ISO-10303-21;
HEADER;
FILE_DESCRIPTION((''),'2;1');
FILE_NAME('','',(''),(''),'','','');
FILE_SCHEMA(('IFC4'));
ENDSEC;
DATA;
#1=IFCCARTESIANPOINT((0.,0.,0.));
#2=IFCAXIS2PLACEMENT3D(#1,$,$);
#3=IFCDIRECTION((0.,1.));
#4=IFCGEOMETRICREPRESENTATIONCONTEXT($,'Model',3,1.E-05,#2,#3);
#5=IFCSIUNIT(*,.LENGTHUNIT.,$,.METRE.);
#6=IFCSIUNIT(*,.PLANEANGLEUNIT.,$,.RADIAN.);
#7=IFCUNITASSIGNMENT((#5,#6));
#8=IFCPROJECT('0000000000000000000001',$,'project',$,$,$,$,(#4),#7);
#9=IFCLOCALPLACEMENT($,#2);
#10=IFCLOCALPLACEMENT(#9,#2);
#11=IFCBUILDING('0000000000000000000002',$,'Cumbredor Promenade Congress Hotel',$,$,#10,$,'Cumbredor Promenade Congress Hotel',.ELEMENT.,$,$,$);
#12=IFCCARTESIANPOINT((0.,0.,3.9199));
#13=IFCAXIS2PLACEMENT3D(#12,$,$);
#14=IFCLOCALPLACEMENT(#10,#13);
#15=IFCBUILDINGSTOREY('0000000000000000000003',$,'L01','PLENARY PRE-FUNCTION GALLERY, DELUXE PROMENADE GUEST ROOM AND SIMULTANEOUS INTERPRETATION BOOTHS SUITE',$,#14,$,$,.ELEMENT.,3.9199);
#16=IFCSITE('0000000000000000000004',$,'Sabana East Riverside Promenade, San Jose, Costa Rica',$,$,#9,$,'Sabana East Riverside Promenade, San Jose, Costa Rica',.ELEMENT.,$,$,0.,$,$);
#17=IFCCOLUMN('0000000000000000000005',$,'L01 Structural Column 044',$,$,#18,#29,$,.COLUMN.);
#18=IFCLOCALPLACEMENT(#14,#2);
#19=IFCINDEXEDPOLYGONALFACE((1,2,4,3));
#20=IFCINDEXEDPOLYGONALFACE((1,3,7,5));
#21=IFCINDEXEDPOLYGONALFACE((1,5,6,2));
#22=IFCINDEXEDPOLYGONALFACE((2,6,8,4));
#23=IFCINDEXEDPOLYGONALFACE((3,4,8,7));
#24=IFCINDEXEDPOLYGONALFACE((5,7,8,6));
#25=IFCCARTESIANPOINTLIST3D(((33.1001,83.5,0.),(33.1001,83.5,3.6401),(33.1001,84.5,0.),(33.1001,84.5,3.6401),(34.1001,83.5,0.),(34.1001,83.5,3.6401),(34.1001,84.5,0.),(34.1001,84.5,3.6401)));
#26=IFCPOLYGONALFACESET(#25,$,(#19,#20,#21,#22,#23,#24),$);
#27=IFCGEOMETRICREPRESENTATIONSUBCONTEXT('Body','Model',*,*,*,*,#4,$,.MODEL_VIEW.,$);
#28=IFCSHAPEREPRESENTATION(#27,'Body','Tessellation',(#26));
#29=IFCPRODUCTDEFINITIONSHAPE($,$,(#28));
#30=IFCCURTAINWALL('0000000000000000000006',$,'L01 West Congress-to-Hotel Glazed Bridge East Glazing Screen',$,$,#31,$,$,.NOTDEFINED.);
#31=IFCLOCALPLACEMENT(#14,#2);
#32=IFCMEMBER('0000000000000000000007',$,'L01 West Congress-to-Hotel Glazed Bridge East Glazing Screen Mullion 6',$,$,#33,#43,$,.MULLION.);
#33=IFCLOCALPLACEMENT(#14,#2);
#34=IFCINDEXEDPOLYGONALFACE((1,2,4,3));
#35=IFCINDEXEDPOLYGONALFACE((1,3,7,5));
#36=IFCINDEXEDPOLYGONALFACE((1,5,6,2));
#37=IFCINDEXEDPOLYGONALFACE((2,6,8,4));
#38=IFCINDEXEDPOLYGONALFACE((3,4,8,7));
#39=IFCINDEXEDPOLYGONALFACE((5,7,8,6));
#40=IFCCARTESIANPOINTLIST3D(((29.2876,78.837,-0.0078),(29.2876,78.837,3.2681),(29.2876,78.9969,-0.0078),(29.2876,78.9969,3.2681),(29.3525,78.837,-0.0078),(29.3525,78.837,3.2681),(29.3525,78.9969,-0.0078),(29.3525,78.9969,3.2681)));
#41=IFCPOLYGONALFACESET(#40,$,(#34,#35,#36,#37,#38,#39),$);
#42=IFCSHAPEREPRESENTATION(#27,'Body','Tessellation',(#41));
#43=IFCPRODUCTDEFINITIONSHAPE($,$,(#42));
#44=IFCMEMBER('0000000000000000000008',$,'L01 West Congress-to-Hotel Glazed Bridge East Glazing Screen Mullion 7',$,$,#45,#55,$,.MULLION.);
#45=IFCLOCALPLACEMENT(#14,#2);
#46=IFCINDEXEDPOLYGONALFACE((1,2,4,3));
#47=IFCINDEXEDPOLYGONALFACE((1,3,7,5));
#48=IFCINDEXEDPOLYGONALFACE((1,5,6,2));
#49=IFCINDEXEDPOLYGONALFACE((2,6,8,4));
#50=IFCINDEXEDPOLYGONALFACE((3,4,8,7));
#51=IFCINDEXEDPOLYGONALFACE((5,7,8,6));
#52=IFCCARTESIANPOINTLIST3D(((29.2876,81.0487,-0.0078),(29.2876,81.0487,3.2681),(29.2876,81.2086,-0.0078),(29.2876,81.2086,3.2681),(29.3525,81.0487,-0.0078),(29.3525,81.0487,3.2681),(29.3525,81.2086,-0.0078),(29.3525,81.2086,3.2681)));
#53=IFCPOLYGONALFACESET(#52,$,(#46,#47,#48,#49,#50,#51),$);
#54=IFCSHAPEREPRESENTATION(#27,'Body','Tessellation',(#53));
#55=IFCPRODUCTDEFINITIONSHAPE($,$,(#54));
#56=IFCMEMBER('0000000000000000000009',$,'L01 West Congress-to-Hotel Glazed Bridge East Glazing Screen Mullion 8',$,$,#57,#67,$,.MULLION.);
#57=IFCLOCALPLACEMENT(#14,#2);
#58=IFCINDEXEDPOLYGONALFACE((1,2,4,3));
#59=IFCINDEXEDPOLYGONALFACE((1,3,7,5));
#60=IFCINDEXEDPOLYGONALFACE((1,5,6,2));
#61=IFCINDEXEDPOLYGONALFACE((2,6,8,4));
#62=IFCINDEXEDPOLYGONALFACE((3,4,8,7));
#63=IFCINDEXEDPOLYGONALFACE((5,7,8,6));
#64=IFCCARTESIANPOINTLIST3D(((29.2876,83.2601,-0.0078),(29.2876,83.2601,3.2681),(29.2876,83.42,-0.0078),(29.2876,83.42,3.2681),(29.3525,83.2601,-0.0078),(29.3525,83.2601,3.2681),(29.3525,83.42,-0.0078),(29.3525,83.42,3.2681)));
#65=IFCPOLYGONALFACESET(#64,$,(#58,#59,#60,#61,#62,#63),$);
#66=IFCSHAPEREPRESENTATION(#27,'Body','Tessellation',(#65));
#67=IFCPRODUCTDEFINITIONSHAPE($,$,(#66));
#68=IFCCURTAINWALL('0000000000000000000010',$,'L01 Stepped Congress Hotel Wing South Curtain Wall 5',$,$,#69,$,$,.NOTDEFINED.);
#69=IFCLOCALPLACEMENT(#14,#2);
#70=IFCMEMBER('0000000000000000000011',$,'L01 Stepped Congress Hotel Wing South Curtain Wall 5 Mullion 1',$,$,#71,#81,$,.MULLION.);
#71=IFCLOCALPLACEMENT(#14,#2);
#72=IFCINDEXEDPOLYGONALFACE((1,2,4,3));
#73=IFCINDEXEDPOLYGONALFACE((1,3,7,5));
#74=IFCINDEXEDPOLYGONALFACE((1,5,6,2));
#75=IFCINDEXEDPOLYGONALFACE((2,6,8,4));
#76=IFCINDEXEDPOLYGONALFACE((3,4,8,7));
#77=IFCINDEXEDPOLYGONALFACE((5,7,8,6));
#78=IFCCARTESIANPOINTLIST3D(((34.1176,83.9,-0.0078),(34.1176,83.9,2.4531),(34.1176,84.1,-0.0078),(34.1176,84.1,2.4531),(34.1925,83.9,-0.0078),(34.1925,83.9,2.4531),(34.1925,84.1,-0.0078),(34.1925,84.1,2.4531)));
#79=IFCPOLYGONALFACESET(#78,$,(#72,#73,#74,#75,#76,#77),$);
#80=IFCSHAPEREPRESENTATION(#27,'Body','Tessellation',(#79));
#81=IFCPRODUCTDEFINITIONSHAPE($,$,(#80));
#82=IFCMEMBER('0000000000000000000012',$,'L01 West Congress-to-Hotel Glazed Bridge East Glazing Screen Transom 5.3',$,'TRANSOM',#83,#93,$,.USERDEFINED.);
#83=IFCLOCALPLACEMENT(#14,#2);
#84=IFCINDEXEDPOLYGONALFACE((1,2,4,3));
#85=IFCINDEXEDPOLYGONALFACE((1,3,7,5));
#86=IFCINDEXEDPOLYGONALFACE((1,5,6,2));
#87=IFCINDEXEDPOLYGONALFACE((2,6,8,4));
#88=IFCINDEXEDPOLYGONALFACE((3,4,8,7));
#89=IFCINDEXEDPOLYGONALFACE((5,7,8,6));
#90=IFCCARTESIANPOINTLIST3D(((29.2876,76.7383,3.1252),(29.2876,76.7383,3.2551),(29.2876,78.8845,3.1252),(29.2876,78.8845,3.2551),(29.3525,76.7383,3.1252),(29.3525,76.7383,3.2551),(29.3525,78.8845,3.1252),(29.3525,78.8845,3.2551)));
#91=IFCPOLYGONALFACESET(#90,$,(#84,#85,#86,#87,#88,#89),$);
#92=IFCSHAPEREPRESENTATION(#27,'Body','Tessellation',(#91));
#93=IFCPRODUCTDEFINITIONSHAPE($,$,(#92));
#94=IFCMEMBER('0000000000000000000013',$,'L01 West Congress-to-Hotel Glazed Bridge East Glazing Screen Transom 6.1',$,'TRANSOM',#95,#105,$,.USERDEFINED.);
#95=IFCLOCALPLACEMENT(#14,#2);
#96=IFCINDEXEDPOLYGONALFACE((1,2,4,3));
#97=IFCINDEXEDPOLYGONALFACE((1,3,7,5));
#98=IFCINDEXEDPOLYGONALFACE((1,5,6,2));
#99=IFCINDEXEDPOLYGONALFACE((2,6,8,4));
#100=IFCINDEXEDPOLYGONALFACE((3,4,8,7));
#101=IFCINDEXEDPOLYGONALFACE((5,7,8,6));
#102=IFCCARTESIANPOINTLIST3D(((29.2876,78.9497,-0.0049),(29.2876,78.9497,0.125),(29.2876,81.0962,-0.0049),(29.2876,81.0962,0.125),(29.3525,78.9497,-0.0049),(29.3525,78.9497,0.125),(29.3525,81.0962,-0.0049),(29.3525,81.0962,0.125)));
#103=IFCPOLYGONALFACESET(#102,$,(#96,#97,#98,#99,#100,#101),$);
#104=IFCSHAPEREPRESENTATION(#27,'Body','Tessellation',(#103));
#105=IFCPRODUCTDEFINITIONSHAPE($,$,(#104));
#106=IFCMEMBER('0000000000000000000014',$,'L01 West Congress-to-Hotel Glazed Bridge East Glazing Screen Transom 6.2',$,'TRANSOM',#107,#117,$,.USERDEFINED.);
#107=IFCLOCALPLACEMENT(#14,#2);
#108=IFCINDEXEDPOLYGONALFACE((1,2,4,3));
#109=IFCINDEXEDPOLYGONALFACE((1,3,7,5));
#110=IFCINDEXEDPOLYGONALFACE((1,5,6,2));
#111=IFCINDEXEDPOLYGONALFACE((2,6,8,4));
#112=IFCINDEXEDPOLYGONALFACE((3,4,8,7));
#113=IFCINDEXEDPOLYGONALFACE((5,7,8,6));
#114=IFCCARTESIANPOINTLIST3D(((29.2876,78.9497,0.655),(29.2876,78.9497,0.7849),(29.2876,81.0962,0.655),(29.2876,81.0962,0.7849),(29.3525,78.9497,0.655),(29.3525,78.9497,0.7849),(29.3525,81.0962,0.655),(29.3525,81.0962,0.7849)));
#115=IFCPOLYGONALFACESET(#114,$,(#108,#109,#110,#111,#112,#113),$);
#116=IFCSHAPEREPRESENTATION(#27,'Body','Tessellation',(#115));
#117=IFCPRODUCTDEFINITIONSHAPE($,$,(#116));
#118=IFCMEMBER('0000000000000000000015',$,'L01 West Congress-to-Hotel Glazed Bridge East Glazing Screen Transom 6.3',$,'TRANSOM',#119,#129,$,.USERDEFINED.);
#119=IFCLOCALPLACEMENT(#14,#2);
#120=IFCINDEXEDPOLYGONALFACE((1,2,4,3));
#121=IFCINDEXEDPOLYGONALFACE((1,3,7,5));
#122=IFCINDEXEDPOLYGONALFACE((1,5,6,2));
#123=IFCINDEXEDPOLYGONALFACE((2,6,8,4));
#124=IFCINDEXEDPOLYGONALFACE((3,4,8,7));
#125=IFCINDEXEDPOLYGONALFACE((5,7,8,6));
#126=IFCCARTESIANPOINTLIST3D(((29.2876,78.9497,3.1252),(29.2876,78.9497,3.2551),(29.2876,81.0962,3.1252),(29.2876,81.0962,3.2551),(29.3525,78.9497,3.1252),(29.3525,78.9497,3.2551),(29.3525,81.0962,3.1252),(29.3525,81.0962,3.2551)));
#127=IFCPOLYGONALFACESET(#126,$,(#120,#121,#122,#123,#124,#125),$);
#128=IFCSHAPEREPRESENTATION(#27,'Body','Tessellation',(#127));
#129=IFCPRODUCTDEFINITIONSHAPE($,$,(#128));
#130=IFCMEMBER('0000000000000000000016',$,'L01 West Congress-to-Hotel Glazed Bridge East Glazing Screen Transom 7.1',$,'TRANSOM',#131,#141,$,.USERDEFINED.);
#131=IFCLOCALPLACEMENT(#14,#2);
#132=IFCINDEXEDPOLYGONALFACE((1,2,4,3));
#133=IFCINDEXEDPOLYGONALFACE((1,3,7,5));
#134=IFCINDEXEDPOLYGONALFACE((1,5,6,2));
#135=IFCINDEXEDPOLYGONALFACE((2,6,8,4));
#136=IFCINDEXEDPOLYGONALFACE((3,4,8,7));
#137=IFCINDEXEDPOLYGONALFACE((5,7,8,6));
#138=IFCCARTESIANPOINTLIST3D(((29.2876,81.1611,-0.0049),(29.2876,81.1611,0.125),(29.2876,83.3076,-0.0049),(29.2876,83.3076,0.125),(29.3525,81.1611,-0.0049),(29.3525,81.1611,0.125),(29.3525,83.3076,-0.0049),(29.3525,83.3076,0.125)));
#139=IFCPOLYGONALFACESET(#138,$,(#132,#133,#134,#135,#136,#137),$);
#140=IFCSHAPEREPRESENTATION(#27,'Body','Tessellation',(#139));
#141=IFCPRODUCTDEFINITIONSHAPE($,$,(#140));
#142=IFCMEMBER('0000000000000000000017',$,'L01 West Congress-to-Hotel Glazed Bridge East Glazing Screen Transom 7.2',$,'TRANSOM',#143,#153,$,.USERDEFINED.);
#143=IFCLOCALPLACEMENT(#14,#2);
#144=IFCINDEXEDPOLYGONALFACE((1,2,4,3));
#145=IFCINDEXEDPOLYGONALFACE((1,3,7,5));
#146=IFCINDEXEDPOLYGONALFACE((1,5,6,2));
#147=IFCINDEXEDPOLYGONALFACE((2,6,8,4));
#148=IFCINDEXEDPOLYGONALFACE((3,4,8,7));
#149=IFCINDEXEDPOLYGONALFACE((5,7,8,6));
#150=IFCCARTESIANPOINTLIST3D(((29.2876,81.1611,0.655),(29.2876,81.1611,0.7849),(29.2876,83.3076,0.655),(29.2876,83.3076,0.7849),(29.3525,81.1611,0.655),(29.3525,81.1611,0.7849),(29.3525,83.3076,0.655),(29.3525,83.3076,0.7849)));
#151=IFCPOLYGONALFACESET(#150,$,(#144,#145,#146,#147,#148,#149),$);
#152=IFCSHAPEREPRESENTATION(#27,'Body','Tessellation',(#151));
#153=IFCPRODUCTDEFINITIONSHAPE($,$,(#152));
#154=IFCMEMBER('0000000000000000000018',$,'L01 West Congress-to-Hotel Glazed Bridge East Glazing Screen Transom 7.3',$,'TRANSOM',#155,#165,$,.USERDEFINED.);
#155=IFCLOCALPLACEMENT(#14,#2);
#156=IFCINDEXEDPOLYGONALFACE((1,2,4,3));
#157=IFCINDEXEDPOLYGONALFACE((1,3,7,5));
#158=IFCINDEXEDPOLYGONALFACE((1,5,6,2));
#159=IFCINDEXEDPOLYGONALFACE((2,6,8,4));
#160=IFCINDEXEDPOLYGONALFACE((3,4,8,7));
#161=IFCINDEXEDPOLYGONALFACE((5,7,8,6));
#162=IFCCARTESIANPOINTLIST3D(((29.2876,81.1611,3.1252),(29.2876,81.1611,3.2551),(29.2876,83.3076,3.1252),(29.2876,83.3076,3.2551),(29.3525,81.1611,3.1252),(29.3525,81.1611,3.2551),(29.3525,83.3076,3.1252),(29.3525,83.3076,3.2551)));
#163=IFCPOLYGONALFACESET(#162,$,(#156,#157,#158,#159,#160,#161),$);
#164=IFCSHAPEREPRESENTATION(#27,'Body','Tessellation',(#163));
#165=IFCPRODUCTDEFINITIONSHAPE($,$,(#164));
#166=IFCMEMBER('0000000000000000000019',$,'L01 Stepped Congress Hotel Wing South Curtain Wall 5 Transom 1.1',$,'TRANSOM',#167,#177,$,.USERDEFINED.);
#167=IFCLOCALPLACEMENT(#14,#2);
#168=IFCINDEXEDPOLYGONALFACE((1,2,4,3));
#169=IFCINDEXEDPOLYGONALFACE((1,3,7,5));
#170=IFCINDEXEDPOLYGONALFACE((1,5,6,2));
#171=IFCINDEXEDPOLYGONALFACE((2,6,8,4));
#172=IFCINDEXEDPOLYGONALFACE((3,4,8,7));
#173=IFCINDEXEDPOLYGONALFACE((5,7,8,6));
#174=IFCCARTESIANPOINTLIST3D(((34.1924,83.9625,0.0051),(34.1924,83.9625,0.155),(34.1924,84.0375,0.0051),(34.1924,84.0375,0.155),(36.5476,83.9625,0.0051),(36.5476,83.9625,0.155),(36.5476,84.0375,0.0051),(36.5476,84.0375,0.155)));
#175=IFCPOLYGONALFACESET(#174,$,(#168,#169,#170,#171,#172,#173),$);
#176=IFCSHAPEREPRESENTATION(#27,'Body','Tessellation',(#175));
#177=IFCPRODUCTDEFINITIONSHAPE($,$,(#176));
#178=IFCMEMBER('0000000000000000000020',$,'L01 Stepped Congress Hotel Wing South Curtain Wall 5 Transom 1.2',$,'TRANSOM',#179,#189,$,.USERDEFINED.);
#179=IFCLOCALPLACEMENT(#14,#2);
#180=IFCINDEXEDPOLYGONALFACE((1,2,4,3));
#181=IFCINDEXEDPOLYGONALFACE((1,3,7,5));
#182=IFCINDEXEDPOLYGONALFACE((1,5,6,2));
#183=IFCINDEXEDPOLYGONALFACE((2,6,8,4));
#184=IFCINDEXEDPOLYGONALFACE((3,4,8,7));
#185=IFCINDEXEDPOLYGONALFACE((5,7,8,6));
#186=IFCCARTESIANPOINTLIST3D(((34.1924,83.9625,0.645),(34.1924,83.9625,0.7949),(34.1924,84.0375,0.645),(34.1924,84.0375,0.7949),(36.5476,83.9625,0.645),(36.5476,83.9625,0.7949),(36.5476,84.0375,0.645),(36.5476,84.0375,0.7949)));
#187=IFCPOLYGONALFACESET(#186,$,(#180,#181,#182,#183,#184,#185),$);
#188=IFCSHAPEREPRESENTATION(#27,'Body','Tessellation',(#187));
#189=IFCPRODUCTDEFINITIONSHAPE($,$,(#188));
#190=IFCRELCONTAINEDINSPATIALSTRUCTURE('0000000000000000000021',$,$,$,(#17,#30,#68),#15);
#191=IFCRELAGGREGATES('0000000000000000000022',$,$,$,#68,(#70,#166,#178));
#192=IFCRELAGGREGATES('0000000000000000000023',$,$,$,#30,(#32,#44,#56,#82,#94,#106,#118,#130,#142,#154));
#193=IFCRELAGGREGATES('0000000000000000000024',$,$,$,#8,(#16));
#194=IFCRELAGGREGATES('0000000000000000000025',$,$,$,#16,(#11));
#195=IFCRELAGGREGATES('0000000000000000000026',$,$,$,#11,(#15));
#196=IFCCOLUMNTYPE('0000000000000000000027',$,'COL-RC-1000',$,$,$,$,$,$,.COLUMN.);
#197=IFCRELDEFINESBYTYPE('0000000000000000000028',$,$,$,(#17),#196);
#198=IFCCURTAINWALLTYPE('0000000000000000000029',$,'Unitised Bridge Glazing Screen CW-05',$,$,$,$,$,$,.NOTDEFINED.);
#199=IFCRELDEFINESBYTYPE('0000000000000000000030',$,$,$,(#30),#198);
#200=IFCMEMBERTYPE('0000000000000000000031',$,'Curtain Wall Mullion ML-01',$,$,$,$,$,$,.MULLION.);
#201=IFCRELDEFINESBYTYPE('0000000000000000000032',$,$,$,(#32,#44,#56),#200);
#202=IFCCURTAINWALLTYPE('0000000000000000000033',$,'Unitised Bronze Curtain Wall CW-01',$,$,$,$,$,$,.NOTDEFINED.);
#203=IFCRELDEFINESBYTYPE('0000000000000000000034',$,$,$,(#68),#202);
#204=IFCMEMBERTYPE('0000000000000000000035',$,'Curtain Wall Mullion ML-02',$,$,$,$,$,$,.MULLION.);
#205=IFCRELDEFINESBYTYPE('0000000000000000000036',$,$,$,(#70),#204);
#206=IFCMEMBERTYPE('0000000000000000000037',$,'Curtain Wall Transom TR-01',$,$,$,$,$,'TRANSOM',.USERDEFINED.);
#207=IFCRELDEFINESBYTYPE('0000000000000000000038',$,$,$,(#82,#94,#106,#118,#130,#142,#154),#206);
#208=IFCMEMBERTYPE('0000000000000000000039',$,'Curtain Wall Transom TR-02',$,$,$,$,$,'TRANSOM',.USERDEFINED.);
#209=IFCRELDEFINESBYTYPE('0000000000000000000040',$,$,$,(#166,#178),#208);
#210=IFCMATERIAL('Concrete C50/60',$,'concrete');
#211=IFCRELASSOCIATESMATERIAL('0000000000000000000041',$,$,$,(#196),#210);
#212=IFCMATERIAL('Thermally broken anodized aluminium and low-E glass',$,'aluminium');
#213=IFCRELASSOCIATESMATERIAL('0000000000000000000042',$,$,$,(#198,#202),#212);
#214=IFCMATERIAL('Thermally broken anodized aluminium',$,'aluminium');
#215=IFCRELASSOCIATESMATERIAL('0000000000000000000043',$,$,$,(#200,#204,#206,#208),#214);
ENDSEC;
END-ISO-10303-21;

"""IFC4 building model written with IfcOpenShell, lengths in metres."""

from ifc_helpers import new_model, si_unit, direction, frame, origin, origin_2d, place, context, subcontext, project, spatial, rectangle, extrude, material, material_profile, profile_set, type_object, element, aggregate, save


model = new_model("IFC4")

# Units and contexts
model_context = context("Model", 3, precision=1e-05, world=origin(), true_north=direction((0.0, 1.0)))
body_context = subcontext(model_context, "Body", "Model", "MODEL_VIEW")
ifc_project = project(units=[si_unit("LENGTHUNIT", "METRE"), si_unit("PLANEANGLEUNIT", "RADIAN")], contexts=[model_context])

# Site, building, storey
site_placement = place(None, origin())
site = spatial("IfcSite", under=ifc_project, at=site_placement, Name="Sabana East Riverside Promenade, San Jose, Costa Rica", LongName="Sabana East Riverside Promenade, San Jose, Costa Rica", CompositionType="ELEMENT", RefElevation=0.0)
building_placement = place(site_placement, origin())
building = spatial("IfcBuilding", under=site, at=building_placement, Name="Cumbredor Promenade Congress Hotel", LongName="Cumbredor Promenade Congress Hotel", CompositionType="ELEMENT")
storey_placement = place(building_placement, frame((0.0, 0.0, 3.9199)))
storey = spatial("IfcBuildingStorey", under=building, at=storey_placement, Name="L01", Description="PLENARY PRE-FUNCTION GALLERY, DELUXE PROMENADE GUEST ROOM AND SIMULTANEOUS INTERPRETATION BOOTHS SUITE", CompositionType="ELEMENT", Elevation=3.9199)

# Column
ifc_material_1 = material(Name="Concrete C50/60", Category="concrete")
ifc_material_profile_1 = material_profile(ifc_material_1, rectangle(XDim=1.0, YDim=1.0, at=origin_2d()), Name="RC 1000x1000")
ifc_profile_set_1 = profile_set([ifc_material_profile_1], Name="Concrete C50/60")
column_type = type_object("IfcColumnType", Name="COL-RC-1000", PredefinedType="COLUMN", material=ifc_profile_set_1)
column_placement = place(storey_placement, frame((33.6001, 84.0, 0.0), z_axis=(0.0, 0.0, 1.0), x_axis=(1.0, 0.0, 0.0)))
element("IfcColumn", 1, at=column_placement, inside=storey, type_object=column_type, Name="L01 Structural Column 044", PredefinedType="COLUMN", context=body_context, shape_type="SweptSolid", body=[
    extrude(rectangle(XDim=1.0, YDim=1.0, at=origin_2d()), origin(), (0.0, 0.0, 1.0), 3.6401),
])

# Curtain wall, members
ifc_material_2 = material(Name="Thermally broken anodized aluminium and low-E glass", Category="aluminium")
curtain_wall_type_1 = type_object("IfcCurtainWallType", Name="Unitised Bridge Glazing Screen CW-05", PredefinedType="NOTDEFINED", material=ifc_material_2)
curtain_wall_1_placement = place(storey_placement, origin())
curtain_wall_1 = element("IfcCurtainWall", 2, at=curtain_wall_1_placement, inside=storey, type_object=curtain_wall_type_1, Name="L01 West Congress-to-Hotel Glazed Bridge East Glazing Screen", PredefinedType="NOTDEFINED")
ifc_material_3 = material(Name="Thermally broken anodized aluminium", Category="aluminium")
ifc_material_profile_2 = material_profile(ifc_material_3, rectangle(XDim=0.0649, YDim=0.1599, at=origin_2d()), Name="ALU MULLION 65x160")
ifc_profile_set_2 = profile_set([ifc_material_profile_2], Name="Thermally broken anodized aluminium")
member_type_1 = type_object("IfcMemberType", Name="Curtain Wall Mullion ML-01", PredefinedType="MULLION", material=ifc_profile_set_2)
member_1_placement = place(storey_placement, frame((29.3201, 78.917, -0.0078), z_axis=(0.0, 0.0, 1.0), x_axis=(1.0, 0.0, 0.0)))
member_1 = element("IfcMember", 3, at=member_1_placement, type_object=member_type_1, Name="L01 West Congress-to-Hotel Glazed Bridge East Glazing Screen Mullion 6", PredefinedType="MULLION", context=body_context, shape_type="SweptSolid", body=[
    extrude(rectangle(XDim=0.0649, YDim=0.1599, at=origin_2d()), origin(), (0.0, 0.0, 1.0), 3.2759),
])
member_2_placement = place(storey_placement, frame((29.3201, 81.1287, -0.0078), z_axis=(0.0, 0.0, 1.0), x_axis=(1.0, 0.0, 0.0)))
member_2 = element("IfcMember", 4, at=member_2_placement, type_object=member_type_1, Name="L01 West Congress-to-Hotel Glazed Bridge East Glazing Screen Mullion 7", PredefinedType="MULLION", context=body_context, shape_type="SweptSolid", body=[
    extrude(rectangle(XDim=0.0649, YDim=0.1599, at=origin_2d()), origin(), (0.0, 0.0, 1.0), 3.2759),
])
member_3_placement = place(storey_placement, frame((29.3201, 83.3401, -0.0078), z_axis=(0.0, 0.0, 1.0), x_axis=(1.0, 0.0, 0.0)))
member_3 = element("IfcMember", 5, at=member_3_placement, type_object=member_type_1, Name="L01 West Congress-to-Hotel Glazed Bridge East Glazing Screen Mullion 8", PredefinedType="MULLION", context=body_context, shape_type="SweptSolid", body=[
    extrude(rectangle(XDim=0.0649, YDim=0.1599, at=origin_2d()), origin(), (0.0, 0.0, 1.0), 3.2759),
])

# Curtain wall, member
curtain_wall_type_2 = type_object("IfcCurtainWallType", Name="Unitised Bronze Curtain Wall CW-01", PredefinedType="NOTDEFINED", material=ifc_material_2)
curtain_wall_2_placement = place(storey_placement, origin())
curtain_wall_2 = element("IfcCurtainWall", 6, at=curtain_wall_2_placement, inside=storey, type_object=curtain_wall_type_2, Name="L01 Stepped Congress Hotel Wing South Curtain Wall 5", PredefinedType="NOTDEFINED")
ifc_material_profile_3 = material_profile(ifc_material_3, rectangle(XDim=0.075, YDim=0.2, at=origin_2d()), Name="ALU MULLION 75x200")
ifc_profile_set_3 = profile_set([ifc_material_profile_3], Name="Thermally broken anodized aluminium")
member_type_2 = type_object("IfcMemberType", Name="Curtain Wall Mullion ML-02", PredefinedType="MULLION", material=ifc_profile_set_3)
member_4_placement = place(storey_placement, frame((34.155, 84.0, -0.0078), z_axis=(0.0, 0.0, 1.0), x_axis=(1.0, 0.0, 0.0)))
member_4 = element("IfcMember", 7, at=member_4_placement, type_object=member_type_2, Name="L01 Stepped Congress Hotel Wing South Curtain Wall 5 Mullion 1", PredefinedType="MULLION", context=body_context, shape_type="SweptSolid", body=[
    extrude(rectangle(XDim=0.075, YDim=0.2, at=origin_2d()), origin(), (0.0, 0.0, 1.0), 2.4609),
])

# Members
ifc_material_profile_4 = material_profile(ifc_material_3, rectangle(XDim=0.0649, YDim=0.1299, at=origin_2d()), Name="ALU TRANSOM 65x130")
ifc_profile_set_4 = profile_set([ifc_material_profile_4], Name="Thermally broken anodized aluminium")
member_type_3 = type_object("IfcMemberType", Name="Curtain Wall Transom TR-01", ElementType="TRANSOM", PredefinedType="USERDEFINED", material=ifc_profile_set_4)
member_5_placement = place(storey_placement, frame((29.3201, 76.7383, 3.1902), z_axis=(0.0, 1.0, 0.0), x_axis=(-1.0, 0.0, 0.0)))
member_5 = element("IfcMember", 8, at=member_5_placement, type_object=member_type_3, Name="L01 West Congress-to-Hotel Glazed Bridge East Glazing Screen Transom 5.3", ObjectType="TRANSOM", PredefinedType="USERDEFINED", context=body_context, shape_type="SweptSolid", body=[
    extrude(rectangle(XDim=0.0649, YDim=0.1299, at=origin_2d()), origin(), (0.0, 0.0, 1.0), 2.1462),
])
member_6_placement = place(storey_placement, frame((29.3201, 78.9497, 0.0601), z_axis=(0.0, 1.0, 0.0), x_axis=(-1.0, 0.0, 0.0)))
member_6 = element("IfcMember", 9, at=member_6_placement, type_object=member_type_3, Name="L01 West Congress-to-Hotel Glazed Bridge East Glazing Screen Transom 6.1", ObjectType="TRANSOM", PredefinedType="USERDEFINED", context=body_context, shape_type="SweptSolid", body=[
    extrude(rectangle(XDim=0.0649, YDim=0.1299, at=origin_2d()), origin(), (0.0, 0.0, 1.0), 2.1465),
])
member_7_placement = place(storey_placement, frame((29.3201, 78.9497, 0.72), z_axis=(0.0, 1.0, 0.0), x_axis=(-1.0, 0.0, 0.0)))
member_7 = element("IfcMember", 10, at=member_7_placement, type_object=member_type_3, Name="L01 West Congress-to-Hotel Glazed Bridge East Glazing Screen Transom 6.2", ObjectType="TRANSOM", PredefinedType="USERDEFINED", context=body_context, shape_type="SweptSolid", body=[
    extrude(rectangle(XDim=0.0649, YDim=0.1299, at=origin_2d()), origin(), (0.0, 0.0, 1.0), 2.1465),
])
member_8_placement = place(storey_placement, frame((29.3201, 78.9497, 3.1902), z_axis=(0.0, 1.0, 0.0), x_axis=(-1.0, 0.0, 0.0)))
member_8 = element("IfcMember", 11, at=member_8_placement, type_object=member_type_3, Name="L01 West Congress-to-Hotel Glazed Bridge East Glazing Screen Transom 6.3", ObjectType="TRANSOM", PredefinedType="USERDEFINED", context=body_context, shape_type="SweptSolid", body=[
    extrude(rectangle(XDim=0.0649, YDim=0.1299, at=origin_2d()), origin(), (0.0, 0.0, 1.0), 2.1465),
])
member_9_placement = place(storey_placement, frame((29.3201, 81.1611, 0.0601), z_axis=(0.0, 1.0, 0.0), x_axis=(-1.0, 0.0, 0.0)))
member_9 = element("IfcMember", 12, at=member_9_placement, type_object=member_type_3, Name="L01 West Congress-to-Hotel Glazed Bridge East Glazing Screen Transom 7.1", ObjectType="TRANSOM", PredefinedType="USERDEFINED", context=body_context, shape_type="SweptSolid", body=[
    extrude(rectangle(XDim=0.0649, YDim=0.1299, at=origin_2d()), origin(), (0.0, 0.0, 1.0), 2.1465),
])
member_10_placement = place(storey_placement, frame((29.3201, 81.1611, 0.72), z_axis=(0.0, 1.0, 0.0), x_axis=(-1.0, 0.0, 0.0)))
member_10 = element("IfcMember", 13, at=member_10_placement, type_object=member_type_3, Name="L01 West Congress-to-Hotel Glazed Bridge East Glazing Screen Transom 7.2", ObjectType="TRANSOM", PredefinedType="USERDEFINED", context=body_context, shape_type="SweptSolid", body=[
    extrude(rectangle(XDim=0.0649, YDim=0.1299, at=origin_2d()), origin(), (0.0, 0.0, 1.0), 2.1465),
])
member_11_placement = place(storey_placement, frame((29.3201, 81.1611, 3.1902), z_axis=(0.0, 1.0, 0.0), x_axis=(-1.0, 0.0, 0.0)))
member_11 = element("IfcMember", 14, at=member_11_placement, type_object=member_type_3, Name="L01 West Congress-to-Hotel Glazed Bridge East Glazing Screen Transom 7.3", ObjectType="TRANSOM", PredefinedType="USERDEFINED", context=body_context, shape_type="SweptSolid", body=[
    extrude(rectangle(XDim=0.0649, YDim=0.1299, at=origin_2d()), origin(), (0.0, 0.0, 1.0), 2.1465),
])
ifc_material_profile_5 = material_profile(ifc_material_3, rectangle(XDim=0.075, YDim=0.1499, at=origin_2d()), Name="ALU TRANSOM 75x150")
ifc_profile_set_5 = profile_set([ifc_material_profile_5], Name="Thermally broken anodized aluminium")
member_type_4 = type_object("IfcMemberType", Name="Curtain Wall Transom TR-02", ElementType="TRANSOM", PredefinedType="USERDEFINED", material=ifc_profile_set_5)
member_12_placement = place(storey_placement, frame((34.1924, 84.0, 0.0801), z_axis=(1.0, 0.0, 0.0), x_axis=(0.0, 1.0, 0.0)))
member_12 = element("IfcMember", 15, at=member_12_placement, type_object=member_type_4, Name="L01 Stepped Congress Hotel Wing South Curtain Wall 5 Transom 1.1", ObjectType="TRANSOM", PredefinedType="USERDEFINED", context=body_context, shape_type="SweptSolid", body=[
    extrude(rectangle(XDim=0.075, YDim=0.1499, at=origin_2d()), origin(), (0.0, 0.0, 1.0), 2.3552),
])
member_13_placement = place(storey_placement, frame((34.1924, 84.0, 0.72), z_axis=(1.0, 0.0, 0.0), x_axis=(0.0, 1.0, 0.0)))
member_13 = element("IfcMember", 16, at=member_13_placement, type_object=member_type_4, Name="L01 Stepped Congress Hotel Wing South Curtain Wall 5 Transom 1.2", ObjectType="TRANSOM", PredefinedType="USERDEFINED", context=body_context, shape_type="SweptSolid", body=[
    extrude(rectangle(XDim=0.075, YDim=0.1499, at=origin_2d()), origin(), (0.0, 0.0, 1.0), 2.3552),
])
aggregate(curtain_wall_2, [member_4, member_12, member_13])

aggregate(curtain_wall_1, [member_1, member_2, member_3, member_5, member_6, member_7, member_8, member_9, member_10, member_11])

save(model, "model.ifc")
